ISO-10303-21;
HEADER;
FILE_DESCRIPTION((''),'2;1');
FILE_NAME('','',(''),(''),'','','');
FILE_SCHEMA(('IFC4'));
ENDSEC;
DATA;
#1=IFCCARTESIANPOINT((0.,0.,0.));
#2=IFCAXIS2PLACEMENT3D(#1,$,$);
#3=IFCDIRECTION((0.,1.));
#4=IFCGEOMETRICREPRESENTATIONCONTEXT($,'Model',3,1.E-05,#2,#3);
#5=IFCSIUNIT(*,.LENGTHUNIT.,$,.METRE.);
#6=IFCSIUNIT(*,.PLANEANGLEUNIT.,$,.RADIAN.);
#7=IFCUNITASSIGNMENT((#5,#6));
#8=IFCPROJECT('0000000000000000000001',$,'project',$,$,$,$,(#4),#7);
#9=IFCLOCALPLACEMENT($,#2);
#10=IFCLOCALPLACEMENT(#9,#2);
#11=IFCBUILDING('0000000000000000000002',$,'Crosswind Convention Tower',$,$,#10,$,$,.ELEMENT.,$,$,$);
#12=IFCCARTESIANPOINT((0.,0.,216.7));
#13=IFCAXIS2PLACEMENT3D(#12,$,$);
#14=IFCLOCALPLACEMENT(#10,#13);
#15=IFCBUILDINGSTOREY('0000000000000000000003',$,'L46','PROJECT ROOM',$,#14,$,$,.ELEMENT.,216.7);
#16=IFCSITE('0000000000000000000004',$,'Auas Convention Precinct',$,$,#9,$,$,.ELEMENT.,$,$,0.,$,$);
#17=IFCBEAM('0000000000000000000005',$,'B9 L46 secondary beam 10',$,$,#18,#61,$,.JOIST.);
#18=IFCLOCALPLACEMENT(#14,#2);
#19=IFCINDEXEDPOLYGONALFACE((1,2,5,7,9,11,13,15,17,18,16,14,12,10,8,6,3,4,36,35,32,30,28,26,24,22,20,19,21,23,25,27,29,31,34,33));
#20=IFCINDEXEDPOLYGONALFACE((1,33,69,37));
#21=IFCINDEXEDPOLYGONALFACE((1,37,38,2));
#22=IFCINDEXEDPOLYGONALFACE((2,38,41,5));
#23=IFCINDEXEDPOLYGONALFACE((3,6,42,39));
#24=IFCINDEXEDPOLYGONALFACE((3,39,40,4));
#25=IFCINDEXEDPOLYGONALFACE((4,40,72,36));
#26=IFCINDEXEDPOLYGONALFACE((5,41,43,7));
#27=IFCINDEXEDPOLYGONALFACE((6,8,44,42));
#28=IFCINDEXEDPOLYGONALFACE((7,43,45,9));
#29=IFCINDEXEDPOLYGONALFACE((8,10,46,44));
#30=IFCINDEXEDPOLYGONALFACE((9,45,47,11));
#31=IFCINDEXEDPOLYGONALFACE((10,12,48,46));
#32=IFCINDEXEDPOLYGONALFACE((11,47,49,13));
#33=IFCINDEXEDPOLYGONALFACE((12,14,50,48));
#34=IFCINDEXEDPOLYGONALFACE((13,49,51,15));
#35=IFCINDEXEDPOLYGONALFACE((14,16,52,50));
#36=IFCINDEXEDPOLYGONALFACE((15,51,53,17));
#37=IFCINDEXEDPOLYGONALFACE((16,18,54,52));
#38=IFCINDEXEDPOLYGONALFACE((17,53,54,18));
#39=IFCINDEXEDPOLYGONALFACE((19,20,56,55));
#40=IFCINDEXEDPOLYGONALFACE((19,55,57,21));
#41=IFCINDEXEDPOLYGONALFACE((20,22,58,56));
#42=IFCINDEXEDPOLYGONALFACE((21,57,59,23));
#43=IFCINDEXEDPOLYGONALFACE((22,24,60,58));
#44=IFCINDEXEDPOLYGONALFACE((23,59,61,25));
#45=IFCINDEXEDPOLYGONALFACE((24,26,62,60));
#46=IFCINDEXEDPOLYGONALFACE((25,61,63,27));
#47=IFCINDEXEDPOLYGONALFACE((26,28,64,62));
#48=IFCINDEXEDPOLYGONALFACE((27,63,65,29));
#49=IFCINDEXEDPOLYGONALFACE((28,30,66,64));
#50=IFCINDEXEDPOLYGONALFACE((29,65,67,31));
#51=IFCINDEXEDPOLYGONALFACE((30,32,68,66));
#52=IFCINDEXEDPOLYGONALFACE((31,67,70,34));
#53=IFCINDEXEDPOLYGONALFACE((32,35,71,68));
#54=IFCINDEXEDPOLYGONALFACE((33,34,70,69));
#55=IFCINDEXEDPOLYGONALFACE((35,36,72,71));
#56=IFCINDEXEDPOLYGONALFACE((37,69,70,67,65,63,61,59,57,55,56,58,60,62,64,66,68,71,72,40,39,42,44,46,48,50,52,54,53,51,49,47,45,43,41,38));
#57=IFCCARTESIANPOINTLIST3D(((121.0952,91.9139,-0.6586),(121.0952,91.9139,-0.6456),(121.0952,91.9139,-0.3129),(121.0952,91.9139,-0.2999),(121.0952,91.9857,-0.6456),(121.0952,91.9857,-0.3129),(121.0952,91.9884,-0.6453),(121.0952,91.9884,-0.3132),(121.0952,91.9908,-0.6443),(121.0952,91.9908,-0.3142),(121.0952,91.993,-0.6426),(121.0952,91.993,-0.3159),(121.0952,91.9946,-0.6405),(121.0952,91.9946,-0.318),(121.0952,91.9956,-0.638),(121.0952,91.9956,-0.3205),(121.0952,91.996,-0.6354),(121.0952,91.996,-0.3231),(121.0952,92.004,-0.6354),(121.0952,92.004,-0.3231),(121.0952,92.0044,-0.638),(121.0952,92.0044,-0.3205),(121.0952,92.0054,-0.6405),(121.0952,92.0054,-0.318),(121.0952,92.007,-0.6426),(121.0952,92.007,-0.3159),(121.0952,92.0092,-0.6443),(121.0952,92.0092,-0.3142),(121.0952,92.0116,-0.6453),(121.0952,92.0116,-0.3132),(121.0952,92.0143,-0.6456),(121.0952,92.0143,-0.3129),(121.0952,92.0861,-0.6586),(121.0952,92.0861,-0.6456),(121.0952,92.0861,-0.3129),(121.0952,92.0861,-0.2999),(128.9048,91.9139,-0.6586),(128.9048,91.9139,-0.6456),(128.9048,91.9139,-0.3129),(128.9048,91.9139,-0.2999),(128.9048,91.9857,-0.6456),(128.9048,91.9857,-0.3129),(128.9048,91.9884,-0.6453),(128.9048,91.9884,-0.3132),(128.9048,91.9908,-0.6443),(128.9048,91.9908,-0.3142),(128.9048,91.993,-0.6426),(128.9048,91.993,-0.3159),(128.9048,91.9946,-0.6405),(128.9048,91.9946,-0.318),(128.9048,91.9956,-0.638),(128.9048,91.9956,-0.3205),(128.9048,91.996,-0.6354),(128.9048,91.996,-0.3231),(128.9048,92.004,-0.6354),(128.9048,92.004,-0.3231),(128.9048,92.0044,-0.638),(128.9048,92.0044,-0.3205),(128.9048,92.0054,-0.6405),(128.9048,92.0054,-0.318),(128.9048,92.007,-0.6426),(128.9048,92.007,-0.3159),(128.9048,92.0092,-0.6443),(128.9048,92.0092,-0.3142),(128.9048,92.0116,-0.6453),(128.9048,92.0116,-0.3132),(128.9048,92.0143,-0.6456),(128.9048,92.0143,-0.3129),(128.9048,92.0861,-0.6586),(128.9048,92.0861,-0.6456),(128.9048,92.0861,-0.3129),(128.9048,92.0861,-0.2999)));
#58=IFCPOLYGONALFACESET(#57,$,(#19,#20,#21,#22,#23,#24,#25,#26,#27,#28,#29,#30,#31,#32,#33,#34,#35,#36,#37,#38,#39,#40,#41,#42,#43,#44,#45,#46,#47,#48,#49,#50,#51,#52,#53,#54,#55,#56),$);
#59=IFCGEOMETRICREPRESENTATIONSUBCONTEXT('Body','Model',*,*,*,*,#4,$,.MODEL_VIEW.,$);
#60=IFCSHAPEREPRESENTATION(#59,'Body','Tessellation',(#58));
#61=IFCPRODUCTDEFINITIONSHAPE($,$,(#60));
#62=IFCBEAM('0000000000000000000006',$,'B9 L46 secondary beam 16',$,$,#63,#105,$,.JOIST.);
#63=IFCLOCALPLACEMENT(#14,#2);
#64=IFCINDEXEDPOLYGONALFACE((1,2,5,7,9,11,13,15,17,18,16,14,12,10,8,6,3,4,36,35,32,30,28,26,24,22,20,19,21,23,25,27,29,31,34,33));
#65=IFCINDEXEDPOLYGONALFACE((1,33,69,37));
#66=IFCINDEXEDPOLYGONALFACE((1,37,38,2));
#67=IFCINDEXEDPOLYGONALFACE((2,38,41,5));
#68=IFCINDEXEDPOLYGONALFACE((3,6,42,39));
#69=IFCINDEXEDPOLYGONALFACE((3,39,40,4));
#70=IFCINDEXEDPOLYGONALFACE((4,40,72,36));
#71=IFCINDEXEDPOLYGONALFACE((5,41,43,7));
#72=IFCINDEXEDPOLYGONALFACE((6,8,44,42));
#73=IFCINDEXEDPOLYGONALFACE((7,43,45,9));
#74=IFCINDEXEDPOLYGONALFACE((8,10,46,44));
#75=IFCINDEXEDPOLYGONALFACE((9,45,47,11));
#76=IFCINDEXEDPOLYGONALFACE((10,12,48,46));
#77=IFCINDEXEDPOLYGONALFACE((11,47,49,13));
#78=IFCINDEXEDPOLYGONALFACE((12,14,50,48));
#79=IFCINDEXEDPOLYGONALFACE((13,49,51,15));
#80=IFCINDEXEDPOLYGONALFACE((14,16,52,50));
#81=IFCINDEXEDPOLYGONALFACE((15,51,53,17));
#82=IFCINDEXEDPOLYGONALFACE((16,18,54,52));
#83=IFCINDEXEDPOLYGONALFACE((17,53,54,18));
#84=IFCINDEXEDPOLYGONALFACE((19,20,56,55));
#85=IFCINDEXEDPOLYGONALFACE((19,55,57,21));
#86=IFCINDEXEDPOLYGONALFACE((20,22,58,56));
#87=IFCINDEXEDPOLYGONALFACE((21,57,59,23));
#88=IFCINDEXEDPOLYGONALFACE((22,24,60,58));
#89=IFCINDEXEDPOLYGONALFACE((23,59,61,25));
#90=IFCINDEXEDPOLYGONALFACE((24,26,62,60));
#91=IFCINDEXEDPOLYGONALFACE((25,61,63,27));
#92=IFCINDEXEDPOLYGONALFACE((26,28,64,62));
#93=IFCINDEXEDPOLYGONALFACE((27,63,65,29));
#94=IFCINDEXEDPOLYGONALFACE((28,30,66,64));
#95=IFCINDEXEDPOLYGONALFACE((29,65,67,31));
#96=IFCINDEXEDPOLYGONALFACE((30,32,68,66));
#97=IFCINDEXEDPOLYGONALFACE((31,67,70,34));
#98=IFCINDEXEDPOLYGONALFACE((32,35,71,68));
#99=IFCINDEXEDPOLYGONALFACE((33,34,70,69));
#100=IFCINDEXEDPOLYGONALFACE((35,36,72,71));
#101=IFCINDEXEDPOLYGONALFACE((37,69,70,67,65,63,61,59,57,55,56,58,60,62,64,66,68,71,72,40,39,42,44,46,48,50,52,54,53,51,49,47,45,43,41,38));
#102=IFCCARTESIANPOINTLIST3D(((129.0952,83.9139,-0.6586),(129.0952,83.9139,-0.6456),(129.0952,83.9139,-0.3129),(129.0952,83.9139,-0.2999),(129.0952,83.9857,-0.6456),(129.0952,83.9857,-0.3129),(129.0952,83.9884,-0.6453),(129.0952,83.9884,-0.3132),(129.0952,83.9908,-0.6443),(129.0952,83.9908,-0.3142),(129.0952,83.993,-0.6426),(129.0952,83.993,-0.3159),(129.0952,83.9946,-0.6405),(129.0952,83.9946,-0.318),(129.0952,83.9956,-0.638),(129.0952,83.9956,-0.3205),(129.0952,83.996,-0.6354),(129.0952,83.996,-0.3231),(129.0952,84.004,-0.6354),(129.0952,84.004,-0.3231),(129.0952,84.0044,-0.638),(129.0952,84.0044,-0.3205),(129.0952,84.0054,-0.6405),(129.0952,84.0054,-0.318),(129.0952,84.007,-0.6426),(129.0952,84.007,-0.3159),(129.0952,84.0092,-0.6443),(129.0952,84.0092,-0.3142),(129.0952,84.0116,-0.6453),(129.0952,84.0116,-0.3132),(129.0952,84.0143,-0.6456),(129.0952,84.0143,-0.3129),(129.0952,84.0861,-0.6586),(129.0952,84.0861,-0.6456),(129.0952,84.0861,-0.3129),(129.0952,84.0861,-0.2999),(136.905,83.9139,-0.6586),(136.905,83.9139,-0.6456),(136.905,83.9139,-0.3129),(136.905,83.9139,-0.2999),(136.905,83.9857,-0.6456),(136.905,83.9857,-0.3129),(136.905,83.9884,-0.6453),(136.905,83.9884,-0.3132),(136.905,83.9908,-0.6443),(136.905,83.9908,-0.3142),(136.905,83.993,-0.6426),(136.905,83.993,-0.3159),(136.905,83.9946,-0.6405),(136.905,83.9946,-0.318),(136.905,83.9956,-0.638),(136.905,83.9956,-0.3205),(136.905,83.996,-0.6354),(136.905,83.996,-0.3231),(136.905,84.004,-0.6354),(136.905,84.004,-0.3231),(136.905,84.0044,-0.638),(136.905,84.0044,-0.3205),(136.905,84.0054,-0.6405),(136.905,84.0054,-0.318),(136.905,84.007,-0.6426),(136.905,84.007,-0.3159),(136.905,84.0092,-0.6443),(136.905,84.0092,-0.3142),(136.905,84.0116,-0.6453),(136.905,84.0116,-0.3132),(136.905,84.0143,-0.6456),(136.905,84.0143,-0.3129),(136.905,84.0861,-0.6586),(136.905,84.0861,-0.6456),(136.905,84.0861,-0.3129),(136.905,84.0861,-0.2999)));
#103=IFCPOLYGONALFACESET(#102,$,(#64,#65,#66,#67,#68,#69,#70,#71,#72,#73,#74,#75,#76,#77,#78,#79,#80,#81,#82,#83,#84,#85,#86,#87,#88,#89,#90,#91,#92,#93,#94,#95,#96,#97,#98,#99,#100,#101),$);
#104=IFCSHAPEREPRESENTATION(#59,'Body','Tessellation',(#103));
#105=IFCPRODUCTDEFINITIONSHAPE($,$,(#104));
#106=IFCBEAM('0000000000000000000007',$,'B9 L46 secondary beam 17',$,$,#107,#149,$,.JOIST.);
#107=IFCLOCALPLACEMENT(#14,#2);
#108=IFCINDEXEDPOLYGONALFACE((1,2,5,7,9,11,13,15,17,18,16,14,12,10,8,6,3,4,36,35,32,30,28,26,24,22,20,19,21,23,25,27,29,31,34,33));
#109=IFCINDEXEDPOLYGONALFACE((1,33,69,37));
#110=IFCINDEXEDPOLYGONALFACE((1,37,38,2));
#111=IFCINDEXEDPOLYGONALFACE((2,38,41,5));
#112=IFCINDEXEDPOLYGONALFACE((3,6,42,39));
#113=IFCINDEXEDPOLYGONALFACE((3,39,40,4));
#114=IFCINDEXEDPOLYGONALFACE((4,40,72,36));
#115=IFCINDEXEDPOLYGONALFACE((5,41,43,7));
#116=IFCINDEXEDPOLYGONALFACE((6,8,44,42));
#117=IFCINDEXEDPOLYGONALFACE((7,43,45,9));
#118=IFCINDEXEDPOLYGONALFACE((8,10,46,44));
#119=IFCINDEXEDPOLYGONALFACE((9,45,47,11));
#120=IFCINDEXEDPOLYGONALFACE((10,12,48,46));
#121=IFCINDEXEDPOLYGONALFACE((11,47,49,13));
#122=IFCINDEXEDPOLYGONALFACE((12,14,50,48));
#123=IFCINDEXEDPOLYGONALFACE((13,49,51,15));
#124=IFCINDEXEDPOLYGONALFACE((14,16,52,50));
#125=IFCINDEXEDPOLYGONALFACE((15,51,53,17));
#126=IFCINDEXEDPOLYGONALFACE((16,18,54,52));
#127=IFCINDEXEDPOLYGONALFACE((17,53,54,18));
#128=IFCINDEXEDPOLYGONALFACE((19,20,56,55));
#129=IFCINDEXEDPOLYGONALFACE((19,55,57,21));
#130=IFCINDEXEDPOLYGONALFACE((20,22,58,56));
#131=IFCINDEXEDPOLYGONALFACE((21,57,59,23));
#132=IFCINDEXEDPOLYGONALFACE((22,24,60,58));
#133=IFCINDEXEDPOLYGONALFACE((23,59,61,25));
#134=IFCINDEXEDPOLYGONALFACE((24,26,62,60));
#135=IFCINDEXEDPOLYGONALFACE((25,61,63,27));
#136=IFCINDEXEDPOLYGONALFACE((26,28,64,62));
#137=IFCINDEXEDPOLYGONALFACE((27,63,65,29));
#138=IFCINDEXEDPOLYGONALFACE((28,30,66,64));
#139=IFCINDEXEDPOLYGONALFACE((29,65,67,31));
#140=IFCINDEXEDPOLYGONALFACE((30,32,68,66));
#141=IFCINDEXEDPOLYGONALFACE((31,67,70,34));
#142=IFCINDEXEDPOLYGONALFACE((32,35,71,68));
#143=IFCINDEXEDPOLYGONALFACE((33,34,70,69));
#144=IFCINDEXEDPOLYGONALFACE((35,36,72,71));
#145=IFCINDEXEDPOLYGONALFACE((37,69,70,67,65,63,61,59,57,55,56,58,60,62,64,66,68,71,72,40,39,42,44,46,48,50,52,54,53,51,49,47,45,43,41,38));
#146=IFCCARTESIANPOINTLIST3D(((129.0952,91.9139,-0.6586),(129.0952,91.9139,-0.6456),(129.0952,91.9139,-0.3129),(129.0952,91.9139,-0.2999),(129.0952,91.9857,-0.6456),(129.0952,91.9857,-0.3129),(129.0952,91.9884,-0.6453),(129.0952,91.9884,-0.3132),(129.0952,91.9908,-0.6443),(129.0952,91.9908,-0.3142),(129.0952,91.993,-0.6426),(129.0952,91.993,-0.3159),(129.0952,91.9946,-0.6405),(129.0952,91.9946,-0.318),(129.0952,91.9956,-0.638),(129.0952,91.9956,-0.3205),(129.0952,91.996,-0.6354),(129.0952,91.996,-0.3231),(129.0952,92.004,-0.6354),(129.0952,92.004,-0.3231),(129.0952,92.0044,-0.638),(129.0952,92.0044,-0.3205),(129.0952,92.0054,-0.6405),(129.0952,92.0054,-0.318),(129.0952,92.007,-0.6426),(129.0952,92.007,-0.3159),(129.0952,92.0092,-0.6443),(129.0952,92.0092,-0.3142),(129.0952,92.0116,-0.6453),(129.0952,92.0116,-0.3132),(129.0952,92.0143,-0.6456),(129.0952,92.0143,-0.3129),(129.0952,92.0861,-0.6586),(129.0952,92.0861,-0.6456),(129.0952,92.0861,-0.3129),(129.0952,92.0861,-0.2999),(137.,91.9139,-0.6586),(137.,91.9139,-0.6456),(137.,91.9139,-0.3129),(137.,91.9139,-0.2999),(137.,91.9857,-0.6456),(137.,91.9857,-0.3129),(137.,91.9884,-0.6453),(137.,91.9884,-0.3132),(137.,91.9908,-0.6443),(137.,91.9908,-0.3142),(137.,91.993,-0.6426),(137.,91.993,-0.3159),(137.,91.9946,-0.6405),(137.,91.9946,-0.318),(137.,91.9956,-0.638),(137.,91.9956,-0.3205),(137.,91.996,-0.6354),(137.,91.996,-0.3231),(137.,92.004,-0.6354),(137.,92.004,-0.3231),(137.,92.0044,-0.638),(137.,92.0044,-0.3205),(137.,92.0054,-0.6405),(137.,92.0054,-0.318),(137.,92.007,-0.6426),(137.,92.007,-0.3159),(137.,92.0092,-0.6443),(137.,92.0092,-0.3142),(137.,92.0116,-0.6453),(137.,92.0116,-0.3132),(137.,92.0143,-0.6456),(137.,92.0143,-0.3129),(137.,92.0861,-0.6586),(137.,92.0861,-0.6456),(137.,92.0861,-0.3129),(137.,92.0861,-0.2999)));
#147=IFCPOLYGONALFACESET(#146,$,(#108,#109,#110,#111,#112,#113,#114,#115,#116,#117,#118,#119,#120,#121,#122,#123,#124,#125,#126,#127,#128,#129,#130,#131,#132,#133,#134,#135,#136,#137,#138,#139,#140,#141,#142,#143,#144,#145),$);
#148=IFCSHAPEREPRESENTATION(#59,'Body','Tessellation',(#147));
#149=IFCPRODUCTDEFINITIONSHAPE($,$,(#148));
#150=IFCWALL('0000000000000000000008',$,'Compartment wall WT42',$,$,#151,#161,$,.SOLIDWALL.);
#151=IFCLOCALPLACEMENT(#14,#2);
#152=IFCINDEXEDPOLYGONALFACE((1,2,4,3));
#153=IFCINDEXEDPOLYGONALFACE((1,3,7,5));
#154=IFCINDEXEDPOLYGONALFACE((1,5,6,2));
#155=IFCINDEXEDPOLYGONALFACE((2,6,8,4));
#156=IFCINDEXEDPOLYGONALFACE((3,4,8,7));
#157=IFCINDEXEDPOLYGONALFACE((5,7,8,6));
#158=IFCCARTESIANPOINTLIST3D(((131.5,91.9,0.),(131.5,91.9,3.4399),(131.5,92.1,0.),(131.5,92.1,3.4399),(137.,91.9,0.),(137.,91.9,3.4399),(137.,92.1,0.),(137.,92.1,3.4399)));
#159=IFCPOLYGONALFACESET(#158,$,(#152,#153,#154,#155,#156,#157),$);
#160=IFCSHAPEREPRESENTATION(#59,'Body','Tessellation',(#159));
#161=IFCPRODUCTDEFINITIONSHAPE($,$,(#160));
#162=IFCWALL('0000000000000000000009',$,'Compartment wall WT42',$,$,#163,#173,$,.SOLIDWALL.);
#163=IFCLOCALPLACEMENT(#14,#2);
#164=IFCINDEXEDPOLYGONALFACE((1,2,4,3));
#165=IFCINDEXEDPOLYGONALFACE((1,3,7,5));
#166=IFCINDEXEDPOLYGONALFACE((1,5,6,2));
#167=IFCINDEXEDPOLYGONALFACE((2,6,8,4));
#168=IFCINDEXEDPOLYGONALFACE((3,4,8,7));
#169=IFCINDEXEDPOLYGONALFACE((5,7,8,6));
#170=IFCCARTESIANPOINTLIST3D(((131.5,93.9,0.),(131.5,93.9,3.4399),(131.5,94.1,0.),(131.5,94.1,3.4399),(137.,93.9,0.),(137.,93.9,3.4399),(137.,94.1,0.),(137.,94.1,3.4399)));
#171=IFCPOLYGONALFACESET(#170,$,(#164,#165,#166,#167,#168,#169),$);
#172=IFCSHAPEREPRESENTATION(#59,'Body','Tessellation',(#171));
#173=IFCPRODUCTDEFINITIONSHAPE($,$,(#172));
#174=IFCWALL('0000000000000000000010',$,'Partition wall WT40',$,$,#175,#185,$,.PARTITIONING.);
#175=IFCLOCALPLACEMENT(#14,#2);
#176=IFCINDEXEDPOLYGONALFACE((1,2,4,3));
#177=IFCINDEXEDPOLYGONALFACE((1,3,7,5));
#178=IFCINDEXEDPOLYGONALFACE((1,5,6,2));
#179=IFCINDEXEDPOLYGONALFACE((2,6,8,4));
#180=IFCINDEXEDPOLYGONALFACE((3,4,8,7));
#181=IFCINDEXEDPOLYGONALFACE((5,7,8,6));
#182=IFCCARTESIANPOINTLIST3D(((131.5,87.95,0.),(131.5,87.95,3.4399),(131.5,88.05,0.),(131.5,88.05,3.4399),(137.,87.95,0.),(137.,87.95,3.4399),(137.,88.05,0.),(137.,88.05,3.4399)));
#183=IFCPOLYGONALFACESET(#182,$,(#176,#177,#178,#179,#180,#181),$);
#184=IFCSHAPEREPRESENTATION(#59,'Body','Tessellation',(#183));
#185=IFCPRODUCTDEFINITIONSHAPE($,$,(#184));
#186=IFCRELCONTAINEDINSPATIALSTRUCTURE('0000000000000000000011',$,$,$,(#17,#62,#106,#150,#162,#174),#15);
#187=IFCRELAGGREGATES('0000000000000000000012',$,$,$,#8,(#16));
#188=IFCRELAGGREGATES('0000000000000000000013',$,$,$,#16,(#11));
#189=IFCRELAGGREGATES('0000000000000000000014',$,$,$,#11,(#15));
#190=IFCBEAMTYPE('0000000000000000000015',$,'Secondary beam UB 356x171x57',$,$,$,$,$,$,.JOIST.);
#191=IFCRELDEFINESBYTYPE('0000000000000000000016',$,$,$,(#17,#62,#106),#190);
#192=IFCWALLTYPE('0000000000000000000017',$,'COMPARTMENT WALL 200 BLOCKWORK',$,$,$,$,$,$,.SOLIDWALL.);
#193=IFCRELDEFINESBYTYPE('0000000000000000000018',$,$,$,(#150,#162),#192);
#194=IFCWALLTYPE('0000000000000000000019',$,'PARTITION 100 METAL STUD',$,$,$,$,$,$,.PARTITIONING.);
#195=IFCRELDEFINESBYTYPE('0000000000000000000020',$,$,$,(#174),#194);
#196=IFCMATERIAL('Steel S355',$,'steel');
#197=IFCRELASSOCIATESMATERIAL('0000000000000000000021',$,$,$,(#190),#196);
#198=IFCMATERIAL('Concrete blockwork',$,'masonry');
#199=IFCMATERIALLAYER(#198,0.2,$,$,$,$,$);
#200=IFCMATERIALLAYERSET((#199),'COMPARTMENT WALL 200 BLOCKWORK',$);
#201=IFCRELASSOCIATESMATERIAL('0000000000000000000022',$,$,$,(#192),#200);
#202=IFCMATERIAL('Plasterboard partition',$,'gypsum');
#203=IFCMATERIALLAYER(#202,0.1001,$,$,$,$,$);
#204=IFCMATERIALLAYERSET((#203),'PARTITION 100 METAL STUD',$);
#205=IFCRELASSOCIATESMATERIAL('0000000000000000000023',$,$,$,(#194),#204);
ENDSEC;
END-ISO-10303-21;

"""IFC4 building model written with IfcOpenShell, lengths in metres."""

from ifc_helpers import new_model, si_unit, direction, frame, frame_2d, origin, origin_2d, place, context, subcontext, project, spatial, rectangle, i_section, extrude, material, layer, layer_set, material_profile, profile_set, type_object, element, save


model = new_model("IFC4")

# Units and contexts
model_context = context("Model", 3, precision=1e-05, world=origin(), true_north=direction((0.0, 1.0)))
body_context = subcontext(model_context, "Body", "Model", "MODEL_VIEW")
ifc_project = project(units=[si_unit("LENGTHUNIT", "METRE"), si_unit("PLANEANGLEUNIT", "RADIAN")], contexts=[model_context])

# Site, building, storey
site_placement = place(None, origin())
site = spatial("IfcSite", under=ifc_project, at=site_placement, Name="Auas Convention Precinct", CompositionType="ELEMENT", RefElevation=0.0)
building_placement = place(site_placement, origin())
building = spatial("IfcBuilding", under=site, at=building_placement, Name="Crosswind Convention Tower", CompositionType="ELEMENT")
storey_placement = place(building_placement, frame((0.0, 0.0, 216.7)))
storey = spatial("IfcBuildingStorey", under=building, at=storey_placement, Name="L46", Description="PROJECT ROOM", CompositionType="ELEMENT", Elevation=216.7)

# Beams
ifc_material_1 = material(Name="Steel S355", Category="steel")
ifc_material_profile_1 = material_profile(ifc_material_1, i_section(OverallWidth=0.1721, OverallDepth=0.3586, WebThickness=0.0081, FlangeThickness=0.0129, FilletRadius=0.0103, at=origin_2d()), Name="UB 356x171x57")
ifc_profile_set_1 = profile_set([ifc_material_profile_1], Name="Steel S355")
beam_type_1 = type_object("IfcBeamType", Name="Secondary beam UB 356x171x57", PredefinedType="JOIST", material=ifc_profile_set_1)
for number, where, z_axis, x_axis, name in (
    (1, (121.0952, 92.0, -0.4792), (1.0, 0.0, 0.0), (0.0, 1.0, 0.0), "B9 L46 secondary beam 10"),
):
    element("IfcBeam", number, at=place(storey_placement, frame(where, z_axis=z_axis, x_axis=x_axis)), inside=storey, type_object=beam_type_1, Name=name, PredefinedType="JOIST", context=body_context, shape_type="SweptSolid", body=[
        extrude(i_section(OverallWidth=0.1721, OverallDepth=0.3586, WebThickness=0.0081, FlangeThickness=0.0129, FilletRadius=0.0103, at=origin_2d()), origin(), (0.0, 0.0, 1.0), 7.8096),
    ])
beam_1_placement = place(storey_placement, frame((129.0952, 84.0, -0.4792), z_axis=(1.0, 0.0, 0.0), x_axis=(0.0, 1.0, 0.0)))
element("IfcBeam", 2, at=beam_1_placement, inside=storey, type_object=beam_type_1, Name="B9 L46 secondary beam 16", PredefinedType="JOIST", context=body_context, shape_type="SweptSolid", body=[
    extrude(i_section(OverallWidth=0.1721, OverallDepth=0.3586, WebThickness=0.0081, FlangeThickness=0.0129, FilletRadius=0.0103, at=origin_2d()), origin(), (0.0, 0.0, 1.0), 7.8098),
])
beam_2_placement = place(storey_placement, frame((129.0952, 92.0, -0.4792), z_axis=(1.0, 0.0, 0.0), x_axis=(0.0, 1.0, 0.0)))
element("IfcBeam", 3, at=beam_2_placement, inside=storey, type_object=beam_type_1, Name="B9 L46 secondary beam 17", PredefinedType="JOIST", context=body_context, shape_type="SweptSolid", body=[
    extrude(i_section(OverallWidth=0.1721, OverallDepth=0.3586, WebThickness=0.0081, FlangeThickness=0.0129, FilletRadius=0.0103, at=origin_2d()), origin(), (0.0, 0.0, 1.0), 7.9048),
])

# Walls
ifc_material_2 = material(Name="Concrete blockwork", Category="masonry")
ifc_layer_1 = layer(ifc_material_2, 0.2)
ifc_layer_set_1 = layer_set([ifc_layer_1], Name="COMPARTMENT WALL 200 BLOCKWORK")
wall_type_1 = type_object("IfcWallType", Name="COMPARTMENT WALL 200 BLOCKWORK", PredefinedType="SOLIDWALL", material=ifc_layer_set_1)
for number, where, z_axis, x_axis, name in (
    (4, (131.5, 92.0, 0.0), (0.0, 0.0, 1.0), (1.0, 0.0, 0.0), "Compartment wall WT42"),
    (5, (131.5, 94.0, 0.0), (0.0, 0.0, 1.0), (1.0, 0.0, 0.0), "Compartment wall WT42"),
):
    element("IfcWall", number, at=place(storey_placement, frame(where, z_axis=z_axis, x_axis=x_axis)), inside=storey, type_object=wall_type_1, Name=name, PredefinedType="SOLIDWALL", context=body_context, shape_type="SweptSolid", body=[
        extrude(rectangle(XDim=5.5, YDim=0.2, at=frame_2d((2.75, 0.0))), origin(), (0.0, 0.0, 1.0), 3.4399),
    ])
ifc_material_3 = material(Name="Plasterboard partition", Category="gypsum")
ifc_layer_2 = layer(ifc_material_3, 0.1001)
ifc_layer_set_2 = layer_set([ifc_layer_2], Name="PARTITION 100 METAL STUD")
wall_type_2 = type_object("IfcWallType", Name="PARTITION 100 METAL STUD", PredefinedType="PARTITIONING", material=ifc_layer_set_2)
wall_1_placement = place(storey_placement, frame((131.5, 88.0, 0.0), z_axis=(0.0, 0.0, 1.0), x_axis=(1.0, 0.0, 0.0)))
element("IfcWall", 6, at=wall_1_placement, inside=storey, type_object=wall_type_2, Name="Partition wall WT40", PredefinedType="PARTITIONING", context=body_context, shape_type="SweptSolid", body=[
    extrude(rectangle(XDim=5.5, YDim=0.1001, at=frame_2d((2.75, 0.0))), origin(), (0.0, 0.0, 1.0), 3.4399),
])

save(model, "model.ifc")
